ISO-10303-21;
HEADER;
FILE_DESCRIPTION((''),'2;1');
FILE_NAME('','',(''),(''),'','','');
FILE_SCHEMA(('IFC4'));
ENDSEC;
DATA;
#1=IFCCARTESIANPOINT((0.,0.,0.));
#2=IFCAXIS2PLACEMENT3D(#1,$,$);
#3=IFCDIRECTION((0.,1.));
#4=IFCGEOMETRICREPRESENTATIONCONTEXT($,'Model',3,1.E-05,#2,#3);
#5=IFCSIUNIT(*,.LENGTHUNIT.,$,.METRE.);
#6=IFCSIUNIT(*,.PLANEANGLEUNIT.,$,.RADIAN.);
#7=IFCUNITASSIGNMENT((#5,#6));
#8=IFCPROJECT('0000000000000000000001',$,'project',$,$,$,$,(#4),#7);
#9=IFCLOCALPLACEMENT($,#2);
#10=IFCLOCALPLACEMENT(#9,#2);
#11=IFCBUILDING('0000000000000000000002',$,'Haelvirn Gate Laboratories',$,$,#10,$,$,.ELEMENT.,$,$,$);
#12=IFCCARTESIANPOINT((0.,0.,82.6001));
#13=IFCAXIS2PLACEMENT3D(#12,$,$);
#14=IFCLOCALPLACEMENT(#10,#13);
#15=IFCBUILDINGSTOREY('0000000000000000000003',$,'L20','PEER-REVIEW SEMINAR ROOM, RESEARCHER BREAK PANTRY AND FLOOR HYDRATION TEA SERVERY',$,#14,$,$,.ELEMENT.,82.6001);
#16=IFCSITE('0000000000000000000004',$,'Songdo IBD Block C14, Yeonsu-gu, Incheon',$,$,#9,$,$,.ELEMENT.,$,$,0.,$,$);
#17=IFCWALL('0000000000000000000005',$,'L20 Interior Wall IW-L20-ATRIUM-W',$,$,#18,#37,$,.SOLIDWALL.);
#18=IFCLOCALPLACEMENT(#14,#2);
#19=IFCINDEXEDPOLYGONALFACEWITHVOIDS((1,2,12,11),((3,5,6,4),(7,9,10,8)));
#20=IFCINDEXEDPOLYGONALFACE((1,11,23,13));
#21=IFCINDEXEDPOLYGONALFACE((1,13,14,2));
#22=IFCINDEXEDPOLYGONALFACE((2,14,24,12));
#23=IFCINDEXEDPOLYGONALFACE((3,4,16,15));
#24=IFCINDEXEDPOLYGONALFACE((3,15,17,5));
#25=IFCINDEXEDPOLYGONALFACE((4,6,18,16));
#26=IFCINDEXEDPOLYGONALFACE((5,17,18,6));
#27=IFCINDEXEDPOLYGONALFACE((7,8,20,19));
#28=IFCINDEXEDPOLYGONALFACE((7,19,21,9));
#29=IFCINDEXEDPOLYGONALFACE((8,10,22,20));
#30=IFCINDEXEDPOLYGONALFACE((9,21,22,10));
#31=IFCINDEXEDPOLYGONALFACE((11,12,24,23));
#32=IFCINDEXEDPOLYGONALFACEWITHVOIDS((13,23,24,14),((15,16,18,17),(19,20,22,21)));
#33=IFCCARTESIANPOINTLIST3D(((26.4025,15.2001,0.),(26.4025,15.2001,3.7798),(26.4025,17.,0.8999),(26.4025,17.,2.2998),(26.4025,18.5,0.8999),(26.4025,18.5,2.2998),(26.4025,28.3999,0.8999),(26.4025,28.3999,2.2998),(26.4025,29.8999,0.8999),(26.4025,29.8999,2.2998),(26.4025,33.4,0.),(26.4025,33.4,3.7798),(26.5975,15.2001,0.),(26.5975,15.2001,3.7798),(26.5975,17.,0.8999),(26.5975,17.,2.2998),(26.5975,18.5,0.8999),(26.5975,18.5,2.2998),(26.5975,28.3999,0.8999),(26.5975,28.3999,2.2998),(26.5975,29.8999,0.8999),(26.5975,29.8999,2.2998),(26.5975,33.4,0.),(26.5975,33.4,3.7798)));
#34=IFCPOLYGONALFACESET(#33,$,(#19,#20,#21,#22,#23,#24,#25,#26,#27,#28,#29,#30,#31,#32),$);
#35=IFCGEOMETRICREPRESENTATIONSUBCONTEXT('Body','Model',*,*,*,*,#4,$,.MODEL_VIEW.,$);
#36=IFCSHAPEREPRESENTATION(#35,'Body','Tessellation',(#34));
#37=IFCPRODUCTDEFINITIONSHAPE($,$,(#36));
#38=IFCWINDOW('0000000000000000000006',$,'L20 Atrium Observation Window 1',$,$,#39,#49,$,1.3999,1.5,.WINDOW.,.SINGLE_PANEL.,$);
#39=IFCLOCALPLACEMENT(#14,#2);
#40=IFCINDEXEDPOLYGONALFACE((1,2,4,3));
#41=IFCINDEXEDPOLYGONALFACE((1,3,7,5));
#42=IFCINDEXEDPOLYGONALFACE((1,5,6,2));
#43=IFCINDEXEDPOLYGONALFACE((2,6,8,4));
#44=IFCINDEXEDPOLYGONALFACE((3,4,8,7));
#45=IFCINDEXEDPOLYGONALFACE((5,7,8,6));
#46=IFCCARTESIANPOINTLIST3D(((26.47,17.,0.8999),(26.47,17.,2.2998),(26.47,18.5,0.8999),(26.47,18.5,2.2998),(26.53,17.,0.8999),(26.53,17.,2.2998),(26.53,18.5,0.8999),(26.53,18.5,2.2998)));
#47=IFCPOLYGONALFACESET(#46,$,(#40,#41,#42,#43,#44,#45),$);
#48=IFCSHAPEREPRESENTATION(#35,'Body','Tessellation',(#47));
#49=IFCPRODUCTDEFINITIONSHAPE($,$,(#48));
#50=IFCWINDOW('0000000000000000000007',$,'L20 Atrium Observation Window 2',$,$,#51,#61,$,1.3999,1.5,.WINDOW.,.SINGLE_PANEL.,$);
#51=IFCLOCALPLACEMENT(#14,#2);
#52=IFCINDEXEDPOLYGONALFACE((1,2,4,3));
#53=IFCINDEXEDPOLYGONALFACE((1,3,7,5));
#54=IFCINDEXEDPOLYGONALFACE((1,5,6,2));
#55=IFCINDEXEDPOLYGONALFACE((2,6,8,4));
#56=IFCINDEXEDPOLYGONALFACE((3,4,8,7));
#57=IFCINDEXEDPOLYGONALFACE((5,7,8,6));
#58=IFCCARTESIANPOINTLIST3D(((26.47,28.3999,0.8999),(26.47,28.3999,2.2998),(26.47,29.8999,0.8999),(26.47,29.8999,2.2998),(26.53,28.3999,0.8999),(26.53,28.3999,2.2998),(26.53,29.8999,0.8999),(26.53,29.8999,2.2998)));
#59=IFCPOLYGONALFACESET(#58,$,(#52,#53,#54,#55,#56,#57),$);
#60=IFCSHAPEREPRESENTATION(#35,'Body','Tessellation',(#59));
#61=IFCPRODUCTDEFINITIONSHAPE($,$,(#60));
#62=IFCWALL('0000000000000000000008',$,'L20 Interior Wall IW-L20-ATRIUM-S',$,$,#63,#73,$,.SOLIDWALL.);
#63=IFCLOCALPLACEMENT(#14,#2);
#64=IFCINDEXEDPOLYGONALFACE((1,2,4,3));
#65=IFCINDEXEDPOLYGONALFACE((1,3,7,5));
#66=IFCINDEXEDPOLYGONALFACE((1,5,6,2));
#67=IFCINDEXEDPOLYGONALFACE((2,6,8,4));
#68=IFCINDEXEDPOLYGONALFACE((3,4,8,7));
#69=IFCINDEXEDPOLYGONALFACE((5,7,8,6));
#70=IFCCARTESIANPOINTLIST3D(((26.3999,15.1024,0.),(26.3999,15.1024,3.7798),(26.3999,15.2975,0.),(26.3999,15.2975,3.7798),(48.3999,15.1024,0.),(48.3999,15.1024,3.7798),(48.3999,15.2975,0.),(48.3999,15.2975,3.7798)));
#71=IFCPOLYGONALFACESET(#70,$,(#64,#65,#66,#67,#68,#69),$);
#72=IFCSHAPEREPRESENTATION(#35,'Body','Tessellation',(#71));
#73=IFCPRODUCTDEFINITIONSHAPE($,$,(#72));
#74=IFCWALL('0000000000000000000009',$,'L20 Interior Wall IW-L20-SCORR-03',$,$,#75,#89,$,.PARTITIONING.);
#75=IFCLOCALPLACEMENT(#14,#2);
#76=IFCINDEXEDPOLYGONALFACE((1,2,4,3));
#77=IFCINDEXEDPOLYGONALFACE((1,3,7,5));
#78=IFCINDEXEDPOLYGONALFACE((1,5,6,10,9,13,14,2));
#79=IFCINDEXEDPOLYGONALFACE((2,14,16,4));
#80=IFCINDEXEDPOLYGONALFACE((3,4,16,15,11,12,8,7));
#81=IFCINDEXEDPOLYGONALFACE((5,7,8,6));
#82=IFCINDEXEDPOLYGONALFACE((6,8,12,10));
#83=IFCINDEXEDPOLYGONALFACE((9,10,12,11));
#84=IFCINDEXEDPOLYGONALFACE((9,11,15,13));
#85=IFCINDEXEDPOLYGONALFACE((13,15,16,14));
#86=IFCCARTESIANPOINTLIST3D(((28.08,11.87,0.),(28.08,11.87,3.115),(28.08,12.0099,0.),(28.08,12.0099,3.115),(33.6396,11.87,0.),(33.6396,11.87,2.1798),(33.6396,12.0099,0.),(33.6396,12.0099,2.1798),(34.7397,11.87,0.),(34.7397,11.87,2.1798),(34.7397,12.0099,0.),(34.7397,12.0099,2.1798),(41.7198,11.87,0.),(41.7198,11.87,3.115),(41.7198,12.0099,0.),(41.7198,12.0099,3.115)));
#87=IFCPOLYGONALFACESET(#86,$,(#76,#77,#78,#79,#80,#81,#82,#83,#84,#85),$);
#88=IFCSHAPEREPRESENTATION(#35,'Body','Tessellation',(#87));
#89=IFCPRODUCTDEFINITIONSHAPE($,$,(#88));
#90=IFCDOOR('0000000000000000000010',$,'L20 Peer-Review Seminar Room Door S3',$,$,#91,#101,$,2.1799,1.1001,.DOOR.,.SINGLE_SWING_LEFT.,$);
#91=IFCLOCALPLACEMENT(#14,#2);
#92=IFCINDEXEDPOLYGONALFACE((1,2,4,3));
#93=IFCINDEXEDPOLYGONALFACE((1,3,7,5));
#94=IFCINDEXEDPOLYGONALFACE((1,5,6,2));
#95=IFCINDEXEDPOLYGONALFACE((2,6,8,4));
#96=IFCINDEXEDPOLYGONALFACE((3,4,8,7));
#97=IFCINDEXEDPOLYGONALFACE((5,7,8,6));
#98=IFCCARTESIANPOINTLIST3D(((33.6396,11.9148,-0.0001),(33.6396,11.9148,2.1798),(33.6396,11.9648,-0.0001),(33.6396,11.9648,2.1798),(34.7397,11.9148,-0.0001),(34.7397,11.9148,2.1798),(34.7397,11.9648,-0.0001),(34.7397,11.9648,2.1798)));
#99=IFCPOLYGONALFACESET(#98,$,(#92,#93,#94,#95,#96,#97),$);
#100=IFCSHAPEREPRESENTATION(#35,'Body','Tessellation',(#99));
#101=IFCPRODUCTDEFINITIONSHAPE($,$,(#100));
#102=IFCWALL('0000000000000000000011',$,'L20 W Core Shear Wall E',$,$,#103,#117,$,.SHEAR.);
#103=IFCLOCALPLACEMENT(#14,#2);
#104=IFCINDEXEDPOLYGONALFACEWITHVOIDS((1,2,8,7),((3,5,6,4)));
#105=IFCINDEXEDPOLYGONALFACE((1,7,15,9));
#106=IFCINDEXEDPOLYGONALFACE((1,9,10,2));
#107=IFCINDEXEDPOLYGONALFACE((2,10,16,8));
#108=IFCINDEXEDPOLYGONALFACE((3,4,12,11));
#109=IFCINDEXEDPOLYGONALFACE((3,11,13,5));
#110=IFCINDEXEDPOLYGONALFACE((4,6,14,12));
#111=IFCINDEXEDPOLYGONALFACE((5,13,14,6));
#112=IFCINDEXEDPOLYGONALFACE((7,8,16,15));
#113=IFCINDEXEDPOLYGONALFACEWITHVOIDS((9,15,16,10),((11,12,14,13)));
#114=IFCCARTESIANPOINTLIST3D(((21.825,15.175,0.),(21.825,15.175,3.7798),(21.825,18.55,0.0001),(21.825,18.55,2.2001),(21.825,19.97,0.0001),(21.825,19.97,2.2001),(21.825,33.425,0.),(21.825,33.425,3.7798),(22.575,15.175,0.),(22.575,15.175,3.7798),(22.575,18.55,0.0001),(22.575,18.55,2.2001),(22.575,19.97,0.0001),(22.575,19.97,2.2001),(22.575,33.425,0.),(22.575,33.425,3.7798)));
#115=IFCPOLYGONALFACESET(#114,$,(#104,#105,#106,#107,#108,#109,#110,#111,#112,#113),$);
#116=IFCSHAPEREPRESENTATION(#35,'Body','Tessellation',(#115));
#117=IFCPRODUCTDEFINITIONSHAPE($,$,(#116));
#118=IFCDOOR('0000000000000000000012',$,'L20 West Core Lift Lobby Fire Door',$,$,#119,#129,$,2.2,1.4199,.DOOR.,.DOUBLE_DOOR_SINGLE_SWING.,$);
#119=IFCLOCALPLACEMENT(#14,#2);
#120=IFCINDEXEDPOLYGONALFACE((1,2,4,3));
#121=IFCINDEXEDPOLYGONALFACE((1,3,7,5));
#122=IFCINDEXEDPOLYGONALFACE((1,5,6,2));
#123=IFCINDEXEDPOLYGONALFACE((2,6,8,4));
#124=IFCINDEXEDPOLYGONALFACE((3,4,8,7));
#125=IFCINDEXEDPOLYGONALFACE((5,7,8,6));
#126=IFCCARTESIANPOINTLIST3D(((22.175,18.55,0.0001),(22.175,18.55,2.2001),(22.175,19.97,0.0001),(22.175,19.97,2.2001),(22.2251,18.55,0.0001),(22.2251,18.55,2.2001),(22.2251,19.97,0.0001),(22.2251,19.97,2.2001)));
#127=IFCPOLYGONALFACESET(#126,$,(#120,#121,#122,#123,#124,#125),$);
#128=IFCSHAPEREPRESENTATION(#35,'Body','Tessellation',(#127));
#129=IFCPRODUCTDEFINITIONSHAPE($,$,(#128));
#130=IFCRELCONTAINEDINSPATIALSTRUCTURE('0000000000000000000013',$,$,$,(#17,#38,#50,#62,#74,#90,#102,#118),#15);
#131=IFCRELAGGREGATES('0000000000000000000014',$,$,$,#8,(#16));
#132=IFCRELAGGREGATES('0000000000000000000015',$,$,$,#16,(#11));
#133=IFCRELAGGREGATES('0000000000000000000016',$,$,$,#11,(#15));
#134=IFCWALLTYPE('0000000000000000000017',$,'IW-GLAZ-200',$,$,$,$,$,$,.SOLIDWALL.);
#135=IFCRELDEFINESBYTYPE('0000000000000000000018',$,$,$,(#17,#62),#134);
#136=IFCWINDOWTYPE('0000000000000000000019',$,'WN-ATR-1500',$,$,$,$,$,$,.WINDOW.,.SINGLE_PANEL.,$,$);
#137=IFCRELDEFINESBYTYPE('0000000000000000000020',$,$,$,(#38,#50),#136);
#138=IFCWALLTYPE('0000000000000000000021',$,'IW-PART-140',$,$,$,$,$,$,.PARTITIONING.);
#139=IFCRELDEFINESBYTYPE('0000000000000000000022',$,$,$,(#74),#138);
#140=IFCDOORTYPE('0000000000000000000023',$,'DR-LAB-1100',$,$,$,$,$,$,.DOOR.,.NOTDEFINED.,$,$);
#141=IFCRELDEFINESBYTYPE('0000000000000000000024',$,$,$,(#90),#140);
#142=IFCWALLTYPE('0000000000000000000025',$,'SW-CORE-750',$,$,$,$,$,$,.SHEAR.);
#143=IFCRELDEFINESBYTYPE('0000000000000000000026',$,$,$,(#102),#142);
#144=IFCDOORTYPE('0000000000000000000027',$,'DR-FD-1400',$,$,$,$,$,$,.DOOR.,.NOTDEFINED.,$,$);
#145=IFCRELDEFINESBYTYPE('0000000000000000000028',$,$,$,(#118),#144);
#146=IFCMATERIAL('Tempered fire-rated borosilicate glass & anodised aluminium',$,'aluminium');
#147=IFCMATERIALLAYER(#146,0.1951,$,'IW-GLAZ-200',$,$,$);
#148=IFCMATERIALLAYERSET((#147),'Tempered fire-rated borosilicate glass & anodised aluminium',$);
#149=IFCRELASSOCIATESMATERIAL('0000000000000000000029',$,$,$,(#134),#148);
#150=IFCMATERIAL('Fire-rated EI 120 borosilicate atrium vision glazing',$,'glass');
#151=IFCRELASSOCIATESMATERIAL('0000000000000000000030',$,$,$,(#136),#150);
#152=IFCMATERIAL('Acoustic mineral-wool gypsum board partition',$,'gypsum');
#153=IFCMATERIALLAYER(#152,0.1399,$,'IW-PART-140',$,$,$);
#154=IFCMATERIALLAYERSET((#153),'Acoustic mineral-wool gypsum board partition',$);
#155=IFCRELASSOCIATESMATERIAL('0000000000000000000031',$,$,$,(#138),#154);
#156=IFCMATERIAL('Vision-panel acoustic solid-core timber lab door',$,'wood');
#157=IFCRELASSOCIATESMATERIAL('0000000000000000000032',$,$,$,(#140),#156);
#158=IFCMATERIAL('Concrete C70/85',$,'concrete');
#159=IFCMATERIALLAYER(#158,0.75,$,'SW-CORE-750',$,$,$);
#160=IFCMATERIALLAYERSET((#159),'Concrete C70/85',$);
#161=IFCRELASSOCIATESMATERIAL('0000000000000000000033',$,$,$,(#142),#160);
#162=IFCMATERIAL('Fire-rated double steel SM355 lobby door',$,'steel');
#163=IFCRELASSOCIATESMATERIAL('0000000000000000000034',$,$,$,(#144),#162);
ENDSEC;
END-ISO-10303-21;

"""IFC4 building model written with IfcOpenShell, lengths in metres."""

from ifc_helpers import new_model, si_unit, direction, frame, frame_2d, origin, place, context, subcontext, project, spatial, rectangle, extrude, source, transform, mapped, material, layer, layer_set, type_object, type_shapes, element, fill, save


model = new_model("IFC4")

# Units and contexts
model_context = context("Model", 3, precision=1e-05, world=origin(), true_north=direction((0.0, 1.0)))
body_context = subcontext(model_context, "Body", "Model", "MODEL_VIEW")
ifc_project = project(units=[si_unit("LENGTHUNIT", "METRE"), si_unit("PLANEANGLEUNIT", "RADIAN")], contexts=[model_context])

# Site, building, storey
site_placement = place(None, origin())
site = spatial("IfcSite", under=ifc_project, at=site_placement, Name="Songdo IBD Block C14, Yeonsu-gu, Incheon", CompositionType="ELEMENT", RefElevation=0.0)
building_placement = place(site_placement, origin())
building = spatial("IfcBuilding", under=site, at=building_placement, Name="Haelvirn Gate Laboratories", CompositionType="ELEMENT")
storey_placement = place(building_placement, frame((0.0, 0.0, 82.6001)))
storey = spatial("IfcBuildingStorey", under=building, at=storey_placement, Name="L20", Description="PEER-REVIEW SEMINAR ROOM, RESEARCHER BREAK PANTRY AND FLOOR HYDRATION TEA SERVERY", CompositionType="ELEMENT", Elevation=82.6001)

# Wall, openings, windows
ifc_material_1 = material(Name="Tempered fire-rated borosilicate glass & anodised aluminium", Category="aluminium")
ifc_layer_1 = layer(ifc_material_1, 0.1951, Name="IW-GLAZ-200")
ifc_layer_set_1 = layer_set([ifc_layer_1], Name="Tempered fire-rated borosilicate glass & anodised aluminium")
wall_type_1 = type_object("IfcWallType", Name="IW-GLAZ-200", PredefinedType="SOLIDWALL", material=ifc_layer_set_1)
wall_1_placement = place(storey_placement, frame((26.5, 15.2, 0.0), z_axis=(0.0, 0.0, 1.0), x_axis=(0.0, 1.0, 0.0)))
wall_1 = element("IfcWall", 1, at=wall_1_placement, inside=storey, type_object=wall_type_1, Name="L20 Interior Wall IW-L20-ATRIUM-W", PredefinedType="SOLIDWALL", context=body_context, shape_type="SweptSolid", body=[
    extrude(rectangle(XDim=18.2, YDim=0.1951, at=frame_2d((9.1001, 0.0))), origin(), (0.0, 0.0, 1.0), 3.7798),
])
opening_1_placement = place(wall_1_placement, frame((1.8, 0.0, 0.8999)))
opening_1 = element("IfcOpeningElement", 2, at=opening_1_placement, cuts=wall_1, PredefinedType="OPENING", context=body_context, shape_type="SweptSolid", body=[
    extrude(rectangle(XDim=1.5, YDim=1.3999, at=frame_2d((0.75, 0.7))), frame((0.0, 0.1074, 0.0), z_axis=(0.0, -1.0, 0.0), x_axis=(1.0, 0.0, 0.0)), (0.0, 0.0, 1.0), 0.2151),
])
opening_2_placement = place(wall_1_placement, frame((13.2, 0.0, 0.8999)))
opening_2 = element("IfcOpeningElement", 3, at=opening_2_placement, cuts=wall_1, PredefinedType="OPENING", context=body_context, shape_type="SweptSolid", body=[
    extrude(rectangle(XDim=1.5, YDim=1.3999, at=frame_2d((0.75, 0.7))), frame((0.0, 0.1074, 0.0), z_axis=(0.0, -1.0, 0.0), x_axis=(1.0, 0.0, 0.0)), (0.0, 0.0, 1.0), 0.2151),
])
ifc_material_2 = material(Name="Fire-rated EI 120 borosilicate atrium vision glazing", Category="glass")
window_type = type_object("IfcWindowType", Name="WN-ATR-1500", PartitioningType="SINGLE_PANEL", PredefinedType="WINDOW", material=ifc_material_2)
shared_shape_1 = source(origin(), body_context, "Body", "SweptSolid", [
    extrude(rectangle(XDim=1.5, YDim=1.3999, at=frame_2d((0.75, 0.7))), frame((0.0, 0.03, 0.0), z_axis=(0.0, -1.0, 0.0), x_axis=(1.0, 0.0, 0.0)), (0.0, 0.0, 1.0), 0.0601),
])
type_shapes(window_type, [shared_shape_1])
window_1_placement = place(opening_1_placement, origin())
window_1 = element("IfcWindow", 4, at=window_1_placement, inside=storey, type_object=window_type, Name="L20 Atrium Observation Window 1", OverallHeight=1.3999, OverallWidth=1.5, PartitioningType="SINGLE_PANEL", PredefinedType="WINDOW", context=body_context, shape_type="MappedRepresentation", body=[
    mapped(shared_shape_1, transform((0.0, 0.0, 0.0), scale=1.0)),
])
fill(opening_1, window_1)
window_2_placement = place(opening_2_placement, origin())
window_2 = element("IfcWindow", 5, at=window_2_placement, inside=storey, type_object=window_type, Name="L20 Atrium Observation Window 2", OverallHeight=1.3999, OverallWidth=1.5, PartitioningType="SINGLE_PANEL", PredefinedType="WINDOW", context=body_context, shape_type="MappedRepresentation", body=[
    mapped(shared_shape_1, transform((0.0, 0.0, 0.0), scale=1.0)),
])
fill(opening_2, window_2)

# Wall
wall_2_placement = place(storey_placement, frame((26.3999, 15.2, 0.0), z_axis=(0.0, 0.0, 1.0), x_axis=(1.0, 0.0, 0.0)))
element("IfcWall", 6, at=wall_2_placement, inside=storey, type_object=wall_type_1, Name="L20 Interior Wall IW-L20-ATRIUM-S", PredefinedType="SOLIDWALL", context=body_context, shape_type="SweptSolid", body=[
    extrude(rectangle(XDim=22.0, YDim=0.1951, at=frame_2d((11.0, 0.0))), origin(), (0.0, 0.0, 1.0), 3.7798),
])

# Walls, openings, doors
ifc_material_3 = material(Name="Acoustic mineral-wool gypsum board partition", Category="gypsum")
ifc_layer_2 = layer(ifc_material_3, 0.1399, Name="IW-PART-140")
ifc_layer_set_2 = layer_set([ifc_layer_2], Name="Acoustic mineral-wool gypsum board partition")
wall_type_2 = type_object("IfcWallType", Name="IW-PART-140", PredefinedType="PARTITIONING", material=ifc_layer_set_2)
wall_3_placement = place(storey_placement, frame((28.0801, 11.9399, 0.0), z_axis=(0.0, 0.0, 1.0), x_axis=(1.0, 0.0, 0.0)))
wall_3 = element("IfcWall", 7, at=wall_3_placement, inside=storey, type_object=wall_type_2, Name="L20 Interior Wall IW-L20-SCORR-03", PredefinedType="PARTITIONING", context=body_context, shape_type="SweptSolid", body=[
    extrude(rectangle(XDim=13.6399, YDim=0.1399, at=frame_2d((6.8198, 0.0))), origin(), (0.0, 0.0, 1.0), 3.115),
])
opening_3_placement = place(wall_3_placement, frame((5.5596, 0.0, 0.0)))
opening_3 = element("IfcOpeningElement", 8, at=opening_3_placement, cuts=wall_3, PredefinedType="OPENING", context=body_context, shape_type="SweptSolid", body=[
    extrude(rectangle(XDim=1.1001, YDim=2.1799, at=frame_2d((0.55, 1.0898))), frame((0.0, 0.0801, 0.0), z_axis=(0.0, -1.0, 0.0), x_axis=(1.0, 0.0, 0.0)), (0.0, 0.0, 1.0), 0.1599),
])
ifc_material_4 = material(Name="Vision-panel acoustic solid-core timber lab door", Category="wood")
door_type_1 = type_object("IfcDoorType", Name="DR-LAB-1100", OperationType="NOTDEFINED", PredefinedType="DOOR", material=ifc_material_4)
shared_shape_2 = source(origin(), body_context, "Body", "SweptSolid", [
    extrude(rectangle(XDim=1.1001, YDim=2.1799, at=frame_2d((0.55, 1.0898))), frame((0.0, 0.0249, 0.0), z_axis=(0.0, -1.0, 0.0), x_axis=(1.0, 0.0, 0.0)), (0.0, 0.0, 1.0), 0.05),
])
type_shapes(door_type_1, [shared_shape_2])
door_1_placement = place(opening_3_placement, origin())
door_1 = element("IfcDoor", 9, at=door_1_placement, inside=storey, type_object=door_type_1, Name="L20 Peer-Review Seminar Room Door S3", OperationType="SINGLE_SWING_LEFT", OverallHeight=2.1799, OverallWidth=1.1001, PredefinedType="DOOR", context=body_context, shape_type="MappedRepresentation", body=[
    mapped(shared_shape_2, transform((0.0, 0.0, 0.0), scale=1.0)),
])
fill(opening_3, door_1)
ifc_material_5 = material(Name="Concrete C70/85", Category="concrete")
ifc_layer_3 = layer(ifc_material_5, 0.75, Name="SW-CORE-750")
ifc_layer_set_3 = layer_set([ifc_layer_3], Name="Concrete C70/85")
wall_type_3 = type_object("IfcWallType", Name="SW-CORE-750", PredefinedType="SHEAR", material=ifc_layer_set_3)
wall_4_placement = place(storey_placement, frame((22.2, 15.175, 0.0), z_axis=(0.0, 0.0, 1.0), x_axis=(0.0, 1.0, 0.0)))
wall_4 = element("IfcWall", 10, at=wall_4_placement, inside=storey, type_object=wall_type_3, Name="L20 W Core Shear Wall E", PredefinedType="SHEAR", context=body_context, shape_type="SweptSolid", body=[
    extrude(rectangle(XDim=18.25, YDim=0.75, at=frame_2d((9.125, 0.0))), origin(), (0.0, 0.0, 1.0), 3.7798),
])
opening_4_placement = place(wall_4_placement, frame((3.375, 0.0, 0.0)))
opening_4 = element("IfcOpeningElement", 11, at=opening_4_placement, cuts=wall_4, PredefinedType="OPENING", context=body_context, shape_type="SweptSolid", body=[
    extrude(rectangle(XDim=1.4199, YDim=2.2, at=frame_2d((0.71, 1.1001))), frame((0.0, 0.385, 0.0), z_axis=(0.0, -1.0, 0.0), x_axis=(1.0, 0.0, 0.0)), (0.0, 0.0, 1.0), 0.77),
])
ifc_material_6 = material(Name="Fire-rated double steel SM355 lobby door", Category="steel")
door_type_2 = type_object("IfcDoorType", Name="DR-FD-1400", OperationType="NOTDEFINED", PredefinedType="DOOR", material=ifc_material_6)
shared_shape_3 = source(origin(), body_context, "Body", "SweptSolid", [
    extrude(rectangle(XDim=1.4199, YDim=2.2, at=frame_2d((0.71, 1.1001))), frame((0.0, 0.0249, 0.0), z_axis=(0.0, -1.0, 0.0), x_axis=(1.0, 0.0, 0.0)), (0.0, 0.0, 1.0), 0.05),
])
type_shapes(door_type_2, [shared_shape_3])
door_2_placement = place(opening_4_placement, origin())
door_2 = element("IfcDoor", 12, at=door_2_placement, inside=storey, type_object=door_type_2, Name="L20 West Core Lift Lobby Fire Door", OperationType="DOUBLE_DOOR_SINGLE_SWING", OverallHeight=2.2, OverallWidth=1.4199, PredefinedType="DOOR", context=body_context, shape_type="MappedRepresentation", body=[
    mapped(shared_shape_3, transform((0.0, 0.0, 0.0), scale=1.0)),
])
fill(opening_4, door_2)

save(model, "model.ifc")
